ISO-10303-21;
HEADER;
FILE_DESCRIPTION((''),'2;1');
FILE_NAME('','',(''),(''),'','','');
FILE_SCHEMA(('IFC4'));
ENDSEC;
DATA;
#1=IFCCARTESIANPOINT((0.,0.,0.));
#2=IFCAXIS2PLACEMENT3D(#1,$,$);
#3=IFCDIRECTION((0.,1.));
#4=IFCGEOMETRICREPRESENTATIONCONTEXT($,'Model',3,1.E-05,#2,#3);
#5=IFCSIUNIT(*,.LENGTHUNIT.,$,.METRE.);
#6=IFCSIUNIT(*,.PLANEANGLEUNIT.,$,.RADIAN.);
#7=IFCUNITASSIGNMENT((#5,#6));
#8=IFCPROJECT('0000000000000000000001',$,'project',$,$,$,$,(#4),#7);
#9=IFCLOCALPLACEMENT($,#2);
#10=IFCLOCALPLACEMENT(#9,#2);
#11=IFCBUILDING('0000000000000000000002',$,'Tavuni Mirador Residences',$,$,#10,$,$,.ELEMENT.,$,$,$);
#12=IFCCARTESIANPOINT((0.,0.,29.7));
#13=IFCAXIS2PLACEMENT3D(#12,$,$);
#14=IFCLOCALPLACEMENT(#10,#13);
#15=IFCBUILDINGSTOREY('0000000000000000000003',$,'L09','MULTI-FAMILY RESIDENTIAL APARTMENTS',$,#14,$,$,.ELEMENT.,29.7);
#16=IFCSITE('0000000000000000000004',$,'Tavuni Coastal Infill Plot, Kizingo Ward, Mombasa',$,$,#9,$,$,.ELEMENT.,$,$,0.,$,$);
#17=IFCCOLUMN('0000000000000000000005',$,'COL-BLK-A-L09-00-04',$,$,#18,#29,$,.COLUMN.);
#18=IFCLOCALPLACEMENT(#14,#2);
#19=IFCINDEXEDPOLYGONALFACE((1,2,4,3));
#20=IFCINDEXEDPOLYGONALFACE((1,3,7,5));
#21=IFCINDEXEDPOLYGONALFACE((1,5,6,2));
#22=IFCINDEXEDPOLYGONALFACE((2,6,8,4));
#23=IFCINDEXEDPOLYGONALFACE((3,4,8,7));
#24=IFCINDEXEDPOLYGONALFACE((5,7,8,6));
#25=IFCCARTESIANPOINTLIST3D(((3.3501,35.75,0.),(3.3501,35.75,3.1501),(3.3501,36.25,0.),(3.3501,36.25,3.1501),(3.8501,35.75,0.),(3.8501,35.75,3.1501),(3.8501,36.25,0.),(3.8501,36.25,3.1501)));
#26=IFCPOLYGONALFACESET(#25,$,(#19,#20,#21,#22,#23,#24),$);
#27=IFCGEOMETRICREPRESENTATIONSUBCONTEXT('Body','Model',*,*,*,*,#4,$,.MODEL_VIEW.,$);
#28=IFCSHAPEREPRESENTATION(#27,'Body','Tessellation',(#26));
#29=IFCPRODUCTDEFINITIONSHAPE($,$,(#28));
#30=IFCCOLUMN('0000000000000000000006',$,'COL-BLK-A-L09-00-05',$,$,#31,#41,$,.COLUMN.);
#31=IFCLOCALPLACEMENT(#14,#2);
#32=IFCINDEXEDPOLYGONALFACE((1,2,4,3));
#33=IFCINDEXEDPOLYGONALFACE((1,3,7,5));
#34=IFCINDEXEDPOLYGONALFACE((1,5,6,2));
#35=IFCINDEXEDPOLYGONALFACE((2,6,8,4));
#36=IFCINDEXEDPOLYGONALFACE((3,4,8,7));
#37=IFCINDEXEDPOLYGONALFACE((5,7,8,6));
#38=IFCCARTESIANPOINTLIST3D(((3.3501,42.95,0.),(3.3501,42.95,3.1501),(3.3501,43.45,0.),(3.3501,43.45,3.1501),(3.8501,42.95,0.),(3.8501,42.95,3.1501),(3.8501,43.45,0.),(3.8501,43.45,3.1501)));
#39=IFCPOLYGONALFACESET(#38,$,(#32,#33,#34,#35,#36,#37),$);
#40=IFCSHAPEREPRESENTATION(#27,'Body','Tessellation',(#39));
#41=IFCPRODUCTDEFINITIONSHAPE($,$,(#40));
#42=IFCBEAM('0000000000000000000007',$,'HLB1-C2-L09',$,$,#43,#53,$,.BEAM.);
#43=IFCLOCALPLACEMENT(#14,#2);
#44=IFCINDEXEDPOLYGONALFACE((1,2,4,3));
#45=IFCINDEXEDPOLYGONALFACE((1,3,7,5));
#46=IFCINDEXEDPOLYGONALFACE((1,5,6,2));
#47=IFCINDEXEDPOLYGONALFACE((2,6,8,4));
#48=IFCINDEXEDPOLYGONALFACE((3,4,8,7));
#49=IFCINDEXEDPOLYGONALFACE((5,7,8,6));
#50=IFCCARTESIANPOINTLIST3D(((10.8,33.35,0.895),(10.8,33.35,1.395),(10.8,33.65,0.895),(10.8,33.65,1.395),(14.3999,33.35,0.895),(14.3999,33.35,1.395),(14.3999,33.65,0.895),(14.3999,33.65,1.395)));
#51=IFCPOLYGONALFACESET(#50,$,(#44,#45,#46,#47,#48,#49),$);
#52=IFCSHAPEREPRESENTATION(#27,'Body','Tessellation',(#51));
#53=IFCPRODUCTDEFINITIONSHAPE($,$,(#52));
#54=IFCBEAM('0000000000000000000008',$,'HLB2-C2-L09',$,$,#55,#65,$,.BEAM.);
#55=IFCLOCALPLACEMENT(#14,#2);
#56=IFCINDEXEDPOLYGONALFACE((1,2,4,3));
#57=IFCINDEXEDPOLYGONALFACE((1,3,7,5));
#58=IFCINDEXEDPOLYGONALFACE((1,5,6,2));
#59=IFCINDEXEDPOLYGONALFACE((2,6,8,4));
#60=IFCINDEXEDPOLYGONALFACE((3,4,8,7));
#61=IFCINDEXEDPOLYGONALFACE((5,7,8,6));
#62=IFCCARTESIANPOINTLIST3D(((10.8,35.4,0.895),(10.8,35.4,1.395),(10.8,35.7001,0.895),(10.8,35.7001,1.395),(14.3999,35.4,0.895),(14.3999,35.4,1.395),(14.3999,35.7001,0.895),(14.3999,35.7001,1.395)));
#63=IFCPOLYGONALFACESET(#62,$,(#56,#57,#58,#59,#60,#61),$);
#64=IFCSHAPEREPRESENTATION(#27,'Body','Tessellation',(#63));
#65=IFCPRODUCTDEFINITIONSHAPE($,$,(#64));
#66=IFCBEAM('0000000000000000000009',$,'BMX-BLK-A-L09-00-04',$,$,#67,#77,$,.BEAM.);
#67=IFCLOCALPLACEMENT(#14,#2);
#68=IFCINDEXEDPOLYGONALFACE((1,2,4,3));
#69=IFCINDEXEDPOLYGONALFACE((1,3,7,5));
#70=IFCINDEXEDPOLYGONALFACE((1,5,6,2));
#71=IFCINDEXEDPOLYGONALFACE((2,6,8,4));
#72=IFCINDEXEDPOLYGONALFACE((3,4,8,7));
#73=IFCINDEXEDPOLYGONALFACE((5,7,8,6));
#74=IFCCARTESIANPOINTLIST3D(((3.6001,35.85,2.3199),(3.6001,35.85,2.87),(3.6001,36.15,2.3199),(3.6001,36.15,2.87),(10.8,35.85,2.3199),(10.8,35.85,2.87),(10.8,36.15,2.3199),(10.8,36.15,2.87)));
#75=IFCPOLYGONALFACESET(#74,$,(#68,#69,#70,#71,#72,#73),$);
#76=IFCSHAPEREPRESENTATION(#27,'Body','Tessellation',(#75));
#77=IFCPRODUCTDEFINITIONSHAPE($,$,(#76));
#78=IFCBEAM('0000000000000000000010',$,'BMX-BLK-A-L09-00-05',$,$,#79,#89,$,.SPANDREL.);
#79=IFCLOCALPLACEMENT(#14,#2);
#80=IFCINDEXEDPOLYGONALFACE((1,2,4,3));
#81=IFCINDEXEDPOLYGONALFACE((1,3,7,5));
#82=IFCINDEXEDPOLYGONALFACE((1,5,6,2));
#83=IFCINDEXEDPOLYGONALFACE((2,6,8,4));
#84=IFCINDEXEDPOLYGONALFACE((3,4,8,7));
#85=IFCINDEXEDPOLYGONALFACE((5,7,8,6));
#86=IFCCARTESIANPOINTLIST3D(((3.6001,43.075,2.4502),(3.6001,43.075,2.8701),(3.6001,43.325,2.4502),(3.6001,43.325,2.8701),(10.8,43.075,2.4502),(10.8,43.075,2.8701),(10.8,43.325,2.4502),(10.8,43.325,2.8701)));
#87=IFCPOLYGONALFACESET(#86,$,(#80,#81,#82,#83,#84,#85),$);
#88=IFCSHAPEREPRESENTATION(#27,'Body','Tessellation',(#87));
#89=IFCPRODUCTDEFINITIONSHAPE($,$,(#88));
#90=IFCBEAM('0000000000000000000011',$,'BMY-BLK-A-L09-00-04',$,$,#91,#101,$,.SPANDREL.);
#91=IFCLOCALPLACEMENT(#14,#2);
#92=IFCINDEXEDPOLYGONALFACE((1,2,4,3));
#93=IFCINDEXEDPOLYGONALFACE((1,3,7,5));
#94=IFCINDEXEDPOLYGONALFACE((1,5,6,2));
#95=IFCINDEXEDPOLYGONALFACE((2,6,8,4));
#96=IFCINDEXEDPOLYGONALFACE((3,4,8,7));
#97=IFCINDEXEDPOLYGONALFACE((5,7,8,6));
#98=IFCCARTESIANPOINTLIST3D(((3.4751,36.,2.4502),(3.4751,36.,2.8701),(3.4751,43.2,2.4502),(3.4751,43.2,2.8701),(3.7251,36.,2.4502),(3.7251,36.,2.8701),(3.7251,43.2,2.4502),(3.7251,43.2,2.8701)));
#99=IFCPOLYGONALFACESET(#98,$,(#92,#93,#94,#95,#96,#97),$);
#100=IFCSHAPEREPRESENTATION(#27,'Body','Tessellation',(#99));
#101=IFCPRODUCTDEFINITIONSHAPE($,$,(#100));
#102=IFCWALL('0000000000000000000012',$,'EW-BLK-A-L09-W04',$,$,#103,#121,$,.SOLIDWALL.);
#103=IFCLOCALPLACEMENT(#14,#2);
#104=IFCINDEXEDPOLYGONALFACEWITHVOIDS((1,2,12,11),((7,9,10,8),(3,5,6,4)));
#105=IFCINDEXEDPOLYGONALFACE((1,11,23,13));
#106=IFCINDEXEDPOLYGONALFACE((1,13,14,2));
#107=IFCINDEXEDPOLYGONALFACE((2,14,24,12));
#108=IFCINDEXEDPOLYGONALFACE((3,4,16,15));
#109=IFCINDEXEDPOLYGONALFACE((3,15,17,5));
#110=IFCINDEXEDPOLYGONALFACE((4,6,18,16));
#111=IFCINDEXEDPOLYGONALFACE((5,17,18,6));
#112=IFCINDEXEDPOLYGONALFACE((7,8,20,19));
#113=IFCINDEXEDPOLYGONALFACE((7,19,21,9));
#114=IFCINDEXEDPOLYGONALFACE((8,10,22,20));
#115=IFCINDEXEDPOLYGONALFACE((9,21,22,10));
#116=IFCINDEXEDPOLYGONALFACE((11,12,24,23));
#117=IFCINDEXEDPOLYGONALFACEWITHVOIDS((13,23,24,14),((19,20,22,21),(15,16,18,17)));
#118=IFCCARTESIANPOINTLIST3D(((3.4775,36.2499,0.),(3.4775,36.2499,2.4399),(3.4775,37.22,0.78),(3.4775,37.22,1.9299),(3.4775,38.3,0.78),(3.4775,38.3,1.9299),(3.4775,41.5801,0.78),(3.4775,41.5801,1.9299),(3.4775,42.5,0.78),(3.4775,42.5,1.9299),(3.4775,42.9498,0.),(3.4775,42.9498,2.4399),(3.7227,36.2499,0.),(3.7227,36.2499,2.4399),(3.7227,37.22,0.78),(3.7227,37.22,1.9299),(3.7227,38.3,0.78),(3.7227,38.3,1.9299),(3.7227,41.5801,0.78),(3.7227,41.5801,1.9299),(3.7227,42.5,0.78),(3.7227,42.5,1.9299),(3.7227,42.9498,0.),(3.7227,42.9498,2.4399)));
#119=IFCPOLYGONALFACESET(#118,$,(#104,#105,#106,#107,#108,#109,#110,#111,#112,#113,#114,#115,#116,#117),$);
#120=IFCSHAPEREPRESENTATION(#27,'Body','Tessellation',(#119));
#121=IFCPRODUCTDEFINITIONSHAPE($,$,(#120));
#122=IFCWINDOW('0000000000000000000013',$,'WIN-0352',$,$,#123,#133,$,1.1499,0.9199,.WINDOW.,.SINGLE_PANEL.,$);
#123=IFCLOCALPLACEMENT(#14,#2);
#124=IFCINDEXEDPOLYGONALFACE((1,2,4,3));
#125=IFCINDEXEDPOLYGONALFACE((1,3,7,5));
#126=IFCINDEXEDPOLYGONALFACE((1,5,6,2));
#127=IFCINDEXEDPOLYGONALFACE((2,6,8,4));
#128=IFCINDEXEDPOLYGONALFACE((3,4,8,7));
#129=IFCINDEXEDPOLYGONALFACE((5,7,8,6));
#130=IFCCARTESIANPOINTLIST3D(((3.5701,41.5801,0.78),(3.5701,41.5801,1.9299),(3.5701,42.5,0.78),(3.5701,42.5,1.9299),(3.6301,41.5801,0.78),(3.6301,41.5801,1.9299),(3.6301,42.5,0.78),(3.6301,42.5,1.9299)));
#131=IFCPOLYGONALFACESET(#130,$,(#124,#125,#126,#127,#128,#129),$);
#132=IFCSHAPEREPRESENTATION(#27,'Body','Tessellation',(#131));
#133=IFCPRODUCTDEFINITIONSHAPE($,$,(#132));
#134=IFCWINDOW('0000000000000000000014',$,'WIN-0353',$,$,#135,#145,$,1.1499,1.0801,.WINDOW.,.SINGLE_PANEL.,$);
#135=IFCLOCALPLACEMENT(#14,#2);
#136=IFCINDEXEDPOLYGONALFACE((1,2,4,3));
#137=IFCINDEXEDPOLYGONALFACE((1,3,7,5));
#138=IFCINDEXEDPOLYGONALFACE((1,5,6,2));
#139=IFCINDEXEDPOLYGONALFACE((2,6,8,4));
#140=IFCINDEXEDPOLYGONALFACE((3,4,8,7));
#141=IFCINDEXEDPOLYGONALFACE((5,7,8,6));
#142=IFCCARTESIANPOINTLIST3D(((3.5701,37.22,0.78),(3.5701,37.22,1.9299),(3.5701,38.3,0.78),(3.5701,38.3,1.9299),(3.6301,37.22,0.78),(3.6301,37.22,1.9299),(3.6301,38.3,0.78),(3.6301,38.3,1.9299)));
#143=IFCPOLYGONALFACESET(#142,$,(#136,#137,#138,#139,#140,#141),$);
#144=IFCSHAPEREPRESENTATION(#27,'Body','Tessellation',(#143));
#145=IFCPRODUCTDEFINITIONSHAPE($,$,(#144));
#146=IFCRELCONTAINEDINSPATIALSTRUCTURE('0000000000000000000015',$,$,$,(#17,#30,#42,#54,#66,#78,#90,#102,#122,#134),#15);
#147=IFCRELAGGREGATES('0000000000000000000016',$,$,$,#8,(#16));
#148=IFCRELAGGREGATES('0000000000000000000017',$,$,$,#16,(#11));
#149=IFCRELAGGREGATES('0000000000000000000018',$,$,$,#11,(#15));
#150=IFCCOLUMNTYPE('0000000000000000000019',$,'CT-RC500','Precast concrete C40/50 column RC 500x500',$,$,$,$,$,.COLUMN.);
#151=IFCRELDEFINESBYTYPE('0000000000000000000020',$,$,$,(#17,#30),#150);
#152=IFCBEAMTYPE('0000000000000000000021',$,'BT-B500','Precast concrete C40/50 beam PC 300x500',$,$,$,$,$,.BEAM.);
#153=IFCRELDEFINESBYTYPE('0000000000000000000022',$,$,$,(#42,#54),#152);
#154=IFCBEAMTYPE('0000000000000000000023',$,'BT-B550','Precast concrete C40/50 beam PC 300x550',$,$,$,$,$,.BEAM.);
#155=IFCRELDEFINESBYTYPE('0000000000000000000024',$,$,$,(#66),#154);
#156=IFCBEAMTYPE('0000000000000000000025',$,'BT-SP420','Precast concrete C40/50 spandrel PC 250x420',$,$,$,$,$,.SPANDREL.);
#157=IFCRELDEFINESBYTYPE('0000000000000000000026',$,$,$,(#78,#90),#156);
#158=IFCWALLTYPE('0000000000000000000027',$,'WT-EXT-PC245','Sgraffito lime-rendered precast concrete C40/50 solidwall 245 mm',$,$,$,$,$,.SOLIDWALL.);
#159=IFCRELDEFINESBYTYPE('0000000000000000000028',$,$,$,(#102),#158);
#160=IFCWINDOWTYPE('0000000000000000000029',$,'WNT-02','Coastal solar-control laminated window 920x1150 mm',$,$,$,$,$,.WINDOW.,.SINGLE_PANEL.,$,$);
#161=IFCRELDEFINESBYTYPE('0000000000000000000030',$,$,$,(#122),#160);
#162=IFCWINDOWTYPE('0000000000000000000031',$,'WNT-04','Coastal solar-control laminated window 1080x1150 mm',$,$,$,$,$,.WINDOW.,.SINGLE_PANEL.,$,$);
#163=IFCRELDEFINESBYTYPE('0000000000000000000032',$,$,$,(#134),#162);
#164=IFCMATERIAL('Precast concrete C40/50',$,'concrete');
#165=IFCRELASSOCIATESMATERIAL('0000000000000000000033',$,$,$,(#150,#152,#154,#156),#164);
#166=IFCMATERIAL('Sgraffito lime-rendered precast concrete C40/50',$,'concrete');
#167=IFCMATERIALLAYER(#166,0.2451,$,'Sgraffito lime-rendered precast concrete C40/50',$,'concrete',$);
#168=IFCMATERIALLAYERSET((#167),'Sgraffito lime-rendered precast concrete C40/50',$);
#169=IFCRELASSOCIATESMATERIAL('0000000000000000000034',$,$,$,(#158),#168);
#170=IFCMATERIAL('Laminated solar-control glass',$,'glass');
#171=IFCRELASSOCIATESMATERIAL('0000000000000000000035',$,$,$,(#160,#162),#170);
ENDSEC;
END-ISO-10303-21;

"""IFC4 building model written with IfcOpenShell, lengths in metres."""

from ifc_helpers import new_model, si_unit, direction, frame, frame_2d, origin, origin_2d, place, context, subcontext, project, spatial, rectangle, extrude, material, layer, layer_set, material_profile, profile_set, type_object, element, fill, save


model = new_model("IFC4")

# Units and contexts
model_context = context("Model", 3, precision=1e-05, world=origin(), true_north=direction((0.0, 1.0)))
body_context = subcontext(model_context, "Body", "Model", "MODEL_VIEW")
ifc_project = project(units=[si_unit("LENGTHUNIT", "METRE"), si_unit("PLANEANGLEUNIT", "RADIAN")], contexts=[model_context])

# Site, building, storey
site_placement = place(None, origin())
site = spatial("IfcSite", under=ifc_project, at=site_placement, Name="Tavuni Coastal Infill Plot, Kizingo Ward, Mombasa", CompositionType="ELEMENT", RefElevation=0.0)
building_placement = place(site_placement, origin())
building = spatial("IfcBuilding", under=site, at=building_placement, Name="Tavuni Mirador Residences", CompositionType="ELEMENT")
storey_placement = place(building_placement, frame((0.0, 0.0, 29.7)))
storey = spatial("IfcBuildingStorey", under=building, at=storey_placement, Name="L09", Description="MULTI-FAMILY RESIDENTIAL APARTMENTS", CompositionType="ELEMENT", Elevation=29.7)

# Columns
ifc_material_1 = material(Name="Precast concrete C40/50", Category="concrete")
ifc_material_profile_1 = material_profile(ifc_material_1, rectangle(XDim=0.5, YDim=0.5, at=origin_2d()), Name="RC 500x500", Category="concrete")
ifc_profile_set_1 = profile_set([ifc_material_profile_1], Name="Precast concrete C40/50")
column_type = type_object("IfcColumnType", Name="CT-RC500", Description="Precast concrete C40/50 column RC 500x500", PredefinedType="COLUMN", material=ifc_profile_set_1)
for number, where, z_axis, x_axis, name in (
    (1, (3.6001, 36.0, 0.0), (0.0, 0.0, 1.0), (1.0, 0.0, 0.0), "COL-BLK-A-L09-00-04"),
    (2, (3.6001, 43.2, 0.0), (0.0, 0.0, 1.0), (1.0, 0.0, 0.0), "COL-BLK-A-L09-00-05"),
):
    element("IfcColumn", number, at=place(storey_placement, frame(where, z_axis=z_axis, x_axis=x_axis)), inside=storey, type_object=column_type, Name=name, PredefinedType="COLUMN", context=body_context, shape_type="SweptSolid", body=[
        extrude(rectangle(XDim=0.5, YDim=0.5, at=origin_2d()), origin(), (0.0, 0.0, 1.0), 3.1501),
    ])

# Beams
ifc_material_profile_2 = material_profile(ifc_material_1, rectangle(XDim=0.3, YDim=0.5, at=origin_2d()), Name="PC 300x500", Category="concrete")
ifc_profile_set_2 = profile_set([ifc_material_profile_2], Name="Precast concrete C40/50")
beam_type_1 = type_object("IfcBeamType", Name="BT-B500", Description="Precast concrete C40/50 beam PC 300x500", PredefinedType="BEAM", material=ifc_profile_set_2)
for number, where, z_axis, x_axis, name in (
    (3, (10.8, 33.5, 1.145), (1.0, 0.0, 0.0), (0.0, 1.0, 0.0), "HLB1-C2-L09"),
    (4, (10.8, 35.55, 1.145), (1.0, 0.0, 0.0), (0.0, 1.0, 0.0), "HLB2-C2-L09"),
):
    element("IfcBeam", number, at=place(storey_placement, frame(where, z_axis=z_axis, x_axis=x_axis)), inside=storey, type_object=beam_type_1, Name=name, PredefinedType="BEAM", context=body_context, shape_type="SweptSolid", body=[
        extrude(rectangle(XDim=0.3, YDim=0.5, at=origin_2d()), origin(), (0.0, 0.0, 1.0), 3.5999),
    ])
ifc_material_profile_3 = material_profile(ifc_material_1, rectangle(XDim=0.3, YDim=0.55, at=origin_2d()), Name="PC 300x550", Category="concrete")
ifc_profile_set_3 = profile_set([ifc_material_profile_3], Name="Precast concrete C40/50")
beam_type_2 = type_object("IfcBeamType", Name="BT-B550", Description="Precast concrete C40/50 beam PC 300x550", PredefinedType="BEAM", material=ifc_profile_set_3)
beam_placement = place(storey_placement, frame((3.6001, 36.0, 2.595), z_axis=(1.0, 0.0, 0.0), x_axis=(0.0, 1.0, 0.0)))
element("IfcBeam", 5, at=beam_placement, inside=storey, type_object=beam_type_2, Name="BMX-BLK-A-L09-00-04", PredefinedType="BEAM", context=body_context, shape_type="SweptSolid", body=[
    extrude(rectangle(XDim=0.3, YDim=0.55, at=origin_2d()), origin(), (0.0, 0.0, 1.0), 7.2),
])
ifc_material_profile_4 = material_profile(ifc_material_1, rectangle(XDim=0.25, YDim=0.4199, at=origin_2d()), Name="PC 250x420", Category="concrete")
ifc_profile_set_4 = profile_set([ifc_material_profile_4], Name="Precast concrete C40/50")
beam_type_3 = type_object("IfcBeamType", Name="BT-SP420", Description="Precast concrete C40/50 spandrel PC 250x420", PredefinedType="SPANDREL", material=ifc_profile_set_4)
for number, where, z_axis, x_axis, name in (
    (6, (3.6001, 43.2, 2.6602), (1.0, 0.0, 0.0), (0.0, 1.0, 0.0), "BMX-BLK-A-L09-00-05"),
    (7, (3.6001, 36.0, 2.6602), (0.0, 1.0, 0.0), (-1.0, 0.0, 0.0), "BMY-BLK-A-L09-00-04"),
):
    element("IfcBeam", number, at=place(storey_placement, frame(where, z_axis=z_axis, x_axis=x_axis)), inside=storey, type_object=beam_type_3, Name=name, PredefinedType="SPANDREL", context=body_context, shape_type="SweptSolid", body=[
        extrude(rectangle(XDim=0.25, YDim=0.4199, at=origin_2d()), origin(), (0.0, 0.0, 1.0), 7.2),
    ])

# Wall, openings, windows
ifc_material_2 = material(Name="Sgraffito lime-rendered precast concrete C40/50", Category="concrete")
ifc_layer_1 = layer(ifc_material_2, 0.2451, Name="Sgraffito lime-rendered precast concrete C40/50", Category="concrete")
ifc_layer_set_1 = layer_set([ifc_layer_1], Name="Sgraffito lime-rendered precast concrete C40/50")
wall_type_1 = type_object("IfcWallType", Name="WT-EXT-PC245", Description="Sgraffito lime-rendered precast concrete C40/50 solidwall 245 mm", PredefinedType="SOLIDWALL", material=ifc_layer_set_1)
wall_1_placement = place(storey_placement, frame((3.6001, 42.95, 0.0), z_axis=(0.0, 0.0, 1.0), x_axis=(0.0, -1.0, 0.0)))
wall_1 = element("IfcWall", 8, at=wall_1_placement, inside=storey, type_object=wall_type_1, Name="EW-BLK-A-L09-W04", PredefinedType="SOLIDWALL", context=body_context, shape_type="SweptSolid", body=[
    extrude(rectangle(XDim=6.7, YDim=0.2451, at=frame_2d((3.3501, 0.0))), origin(), (0.0, 0.0, 1.0), 2.4399),
])
opening_1_placement = place(wall_1_placement, frame((0.45, 0.0, 0.78)))
opening_1 = element("IfcOpeningElement", 9, at=opening_1_placement, cuts=wall_1, PredefinedType="OPENING", context=body_context, shape_type="SweptSolid", body=[
    extrude(rectangle(XDim=0.9199, YDim=1.1499, at=frame_2d((0.46, 0.575))), frame((0.0, 0.1326, 0.0), z_axis=(0.0, -1.0, 0.0), x_axis=(1.0, 0.0, 0.0)), (0.0, 0.0, 1.0), 0.2651),
])
opening_2_placement = place(wall_1_placement, frame((4.6499, 0.0, 0.78)))
opening_2 = element("IfcOpeningElement", 10, at=opening_2_placement, cuts=wall_1, PredefinedType="OPENING", context=body_context, shape_type="SweptSolid", body=[
    extrude(rectangle(XDim=1.0801, YDim=1.1499, at=frame_2d((0.54, 0.575))), frame((0.0, 0.1326, 0.0), z_axis=(0.0, -1.0, 0.0), x_axis=(1.0, 0.0, 0.0)), (0.0, 0.0, 1.0), 0.2651),
])
ifc_material_3 = material(Name="Laminated solar-control glass", Category="glass")
window_type_1 = type_object("IfcWindowType", Name="WNT-02", Description="Coastal solar-control laminated window 920x1150 mm", PartitioningType="SINGLE_PANEL", PredefinedType="WINDOW", material=ifc_material_3)
window_1_placement = place(opening_1_placement, origin())
window_1 = element("IfcWindow", 11, at=window_1_placement, inside=storey, type_object=window_type_1, Name="WIN-0352", OverallHeight=1.1499, OverallWidth=0.9199, PartitioningType="SINGLE_PANEL", PredefinedType="WINDOW", context=body_context, shape_type="SweptSolid", body=[
    extrude(rectangle(XDim=0.9199, YDim=1.1499, at=frame_2d((0.46, 0.575))), frame((0.0, 0.03, 0.0), z_axis=(0.0, -1.0, 0.0), x_axis=(1.0, 0.0, 0.0)), (0.0, 0.0, 1.0), 0.0601),
])
fill(opening_1, window_1)
window_type_2 = type_object("IfcWindowType", Name="WNT-04", Description="Coastal solar-control laminated window 1080x1150 mm", PartitioningType="SINGLE_PANEL", PredefinedType="WINDOW", material=ifc_material_3)
window_2_placement = place(opening_2_placement, origin())
window_2 = element("IfcWindow", 12, at=window_2_placement, inside=storey, type_object=window_type_2, Name="WIN-0353", OverallHeight=1.1499, OverallWidth=1.0801, PartitioningType="SINGLE_PANEL", PredefinedType="WINDOW", context=body_context, shape_type="SweptSolid", body=[
    extrude(rectangle(XDim=1.0801, YDim=1.1499, at=frame_2d((0.54, 0.575))), frame((0.0, 0.03, 0.0), z_axis=(0.0, -1.0, 0.0), x_axis=(1.0, 0.0, 0.0)), (0.0, 0.0, 1.0), 0.0601),
])
fill(opening_2, window_2)

save(model, "model.ifc")
